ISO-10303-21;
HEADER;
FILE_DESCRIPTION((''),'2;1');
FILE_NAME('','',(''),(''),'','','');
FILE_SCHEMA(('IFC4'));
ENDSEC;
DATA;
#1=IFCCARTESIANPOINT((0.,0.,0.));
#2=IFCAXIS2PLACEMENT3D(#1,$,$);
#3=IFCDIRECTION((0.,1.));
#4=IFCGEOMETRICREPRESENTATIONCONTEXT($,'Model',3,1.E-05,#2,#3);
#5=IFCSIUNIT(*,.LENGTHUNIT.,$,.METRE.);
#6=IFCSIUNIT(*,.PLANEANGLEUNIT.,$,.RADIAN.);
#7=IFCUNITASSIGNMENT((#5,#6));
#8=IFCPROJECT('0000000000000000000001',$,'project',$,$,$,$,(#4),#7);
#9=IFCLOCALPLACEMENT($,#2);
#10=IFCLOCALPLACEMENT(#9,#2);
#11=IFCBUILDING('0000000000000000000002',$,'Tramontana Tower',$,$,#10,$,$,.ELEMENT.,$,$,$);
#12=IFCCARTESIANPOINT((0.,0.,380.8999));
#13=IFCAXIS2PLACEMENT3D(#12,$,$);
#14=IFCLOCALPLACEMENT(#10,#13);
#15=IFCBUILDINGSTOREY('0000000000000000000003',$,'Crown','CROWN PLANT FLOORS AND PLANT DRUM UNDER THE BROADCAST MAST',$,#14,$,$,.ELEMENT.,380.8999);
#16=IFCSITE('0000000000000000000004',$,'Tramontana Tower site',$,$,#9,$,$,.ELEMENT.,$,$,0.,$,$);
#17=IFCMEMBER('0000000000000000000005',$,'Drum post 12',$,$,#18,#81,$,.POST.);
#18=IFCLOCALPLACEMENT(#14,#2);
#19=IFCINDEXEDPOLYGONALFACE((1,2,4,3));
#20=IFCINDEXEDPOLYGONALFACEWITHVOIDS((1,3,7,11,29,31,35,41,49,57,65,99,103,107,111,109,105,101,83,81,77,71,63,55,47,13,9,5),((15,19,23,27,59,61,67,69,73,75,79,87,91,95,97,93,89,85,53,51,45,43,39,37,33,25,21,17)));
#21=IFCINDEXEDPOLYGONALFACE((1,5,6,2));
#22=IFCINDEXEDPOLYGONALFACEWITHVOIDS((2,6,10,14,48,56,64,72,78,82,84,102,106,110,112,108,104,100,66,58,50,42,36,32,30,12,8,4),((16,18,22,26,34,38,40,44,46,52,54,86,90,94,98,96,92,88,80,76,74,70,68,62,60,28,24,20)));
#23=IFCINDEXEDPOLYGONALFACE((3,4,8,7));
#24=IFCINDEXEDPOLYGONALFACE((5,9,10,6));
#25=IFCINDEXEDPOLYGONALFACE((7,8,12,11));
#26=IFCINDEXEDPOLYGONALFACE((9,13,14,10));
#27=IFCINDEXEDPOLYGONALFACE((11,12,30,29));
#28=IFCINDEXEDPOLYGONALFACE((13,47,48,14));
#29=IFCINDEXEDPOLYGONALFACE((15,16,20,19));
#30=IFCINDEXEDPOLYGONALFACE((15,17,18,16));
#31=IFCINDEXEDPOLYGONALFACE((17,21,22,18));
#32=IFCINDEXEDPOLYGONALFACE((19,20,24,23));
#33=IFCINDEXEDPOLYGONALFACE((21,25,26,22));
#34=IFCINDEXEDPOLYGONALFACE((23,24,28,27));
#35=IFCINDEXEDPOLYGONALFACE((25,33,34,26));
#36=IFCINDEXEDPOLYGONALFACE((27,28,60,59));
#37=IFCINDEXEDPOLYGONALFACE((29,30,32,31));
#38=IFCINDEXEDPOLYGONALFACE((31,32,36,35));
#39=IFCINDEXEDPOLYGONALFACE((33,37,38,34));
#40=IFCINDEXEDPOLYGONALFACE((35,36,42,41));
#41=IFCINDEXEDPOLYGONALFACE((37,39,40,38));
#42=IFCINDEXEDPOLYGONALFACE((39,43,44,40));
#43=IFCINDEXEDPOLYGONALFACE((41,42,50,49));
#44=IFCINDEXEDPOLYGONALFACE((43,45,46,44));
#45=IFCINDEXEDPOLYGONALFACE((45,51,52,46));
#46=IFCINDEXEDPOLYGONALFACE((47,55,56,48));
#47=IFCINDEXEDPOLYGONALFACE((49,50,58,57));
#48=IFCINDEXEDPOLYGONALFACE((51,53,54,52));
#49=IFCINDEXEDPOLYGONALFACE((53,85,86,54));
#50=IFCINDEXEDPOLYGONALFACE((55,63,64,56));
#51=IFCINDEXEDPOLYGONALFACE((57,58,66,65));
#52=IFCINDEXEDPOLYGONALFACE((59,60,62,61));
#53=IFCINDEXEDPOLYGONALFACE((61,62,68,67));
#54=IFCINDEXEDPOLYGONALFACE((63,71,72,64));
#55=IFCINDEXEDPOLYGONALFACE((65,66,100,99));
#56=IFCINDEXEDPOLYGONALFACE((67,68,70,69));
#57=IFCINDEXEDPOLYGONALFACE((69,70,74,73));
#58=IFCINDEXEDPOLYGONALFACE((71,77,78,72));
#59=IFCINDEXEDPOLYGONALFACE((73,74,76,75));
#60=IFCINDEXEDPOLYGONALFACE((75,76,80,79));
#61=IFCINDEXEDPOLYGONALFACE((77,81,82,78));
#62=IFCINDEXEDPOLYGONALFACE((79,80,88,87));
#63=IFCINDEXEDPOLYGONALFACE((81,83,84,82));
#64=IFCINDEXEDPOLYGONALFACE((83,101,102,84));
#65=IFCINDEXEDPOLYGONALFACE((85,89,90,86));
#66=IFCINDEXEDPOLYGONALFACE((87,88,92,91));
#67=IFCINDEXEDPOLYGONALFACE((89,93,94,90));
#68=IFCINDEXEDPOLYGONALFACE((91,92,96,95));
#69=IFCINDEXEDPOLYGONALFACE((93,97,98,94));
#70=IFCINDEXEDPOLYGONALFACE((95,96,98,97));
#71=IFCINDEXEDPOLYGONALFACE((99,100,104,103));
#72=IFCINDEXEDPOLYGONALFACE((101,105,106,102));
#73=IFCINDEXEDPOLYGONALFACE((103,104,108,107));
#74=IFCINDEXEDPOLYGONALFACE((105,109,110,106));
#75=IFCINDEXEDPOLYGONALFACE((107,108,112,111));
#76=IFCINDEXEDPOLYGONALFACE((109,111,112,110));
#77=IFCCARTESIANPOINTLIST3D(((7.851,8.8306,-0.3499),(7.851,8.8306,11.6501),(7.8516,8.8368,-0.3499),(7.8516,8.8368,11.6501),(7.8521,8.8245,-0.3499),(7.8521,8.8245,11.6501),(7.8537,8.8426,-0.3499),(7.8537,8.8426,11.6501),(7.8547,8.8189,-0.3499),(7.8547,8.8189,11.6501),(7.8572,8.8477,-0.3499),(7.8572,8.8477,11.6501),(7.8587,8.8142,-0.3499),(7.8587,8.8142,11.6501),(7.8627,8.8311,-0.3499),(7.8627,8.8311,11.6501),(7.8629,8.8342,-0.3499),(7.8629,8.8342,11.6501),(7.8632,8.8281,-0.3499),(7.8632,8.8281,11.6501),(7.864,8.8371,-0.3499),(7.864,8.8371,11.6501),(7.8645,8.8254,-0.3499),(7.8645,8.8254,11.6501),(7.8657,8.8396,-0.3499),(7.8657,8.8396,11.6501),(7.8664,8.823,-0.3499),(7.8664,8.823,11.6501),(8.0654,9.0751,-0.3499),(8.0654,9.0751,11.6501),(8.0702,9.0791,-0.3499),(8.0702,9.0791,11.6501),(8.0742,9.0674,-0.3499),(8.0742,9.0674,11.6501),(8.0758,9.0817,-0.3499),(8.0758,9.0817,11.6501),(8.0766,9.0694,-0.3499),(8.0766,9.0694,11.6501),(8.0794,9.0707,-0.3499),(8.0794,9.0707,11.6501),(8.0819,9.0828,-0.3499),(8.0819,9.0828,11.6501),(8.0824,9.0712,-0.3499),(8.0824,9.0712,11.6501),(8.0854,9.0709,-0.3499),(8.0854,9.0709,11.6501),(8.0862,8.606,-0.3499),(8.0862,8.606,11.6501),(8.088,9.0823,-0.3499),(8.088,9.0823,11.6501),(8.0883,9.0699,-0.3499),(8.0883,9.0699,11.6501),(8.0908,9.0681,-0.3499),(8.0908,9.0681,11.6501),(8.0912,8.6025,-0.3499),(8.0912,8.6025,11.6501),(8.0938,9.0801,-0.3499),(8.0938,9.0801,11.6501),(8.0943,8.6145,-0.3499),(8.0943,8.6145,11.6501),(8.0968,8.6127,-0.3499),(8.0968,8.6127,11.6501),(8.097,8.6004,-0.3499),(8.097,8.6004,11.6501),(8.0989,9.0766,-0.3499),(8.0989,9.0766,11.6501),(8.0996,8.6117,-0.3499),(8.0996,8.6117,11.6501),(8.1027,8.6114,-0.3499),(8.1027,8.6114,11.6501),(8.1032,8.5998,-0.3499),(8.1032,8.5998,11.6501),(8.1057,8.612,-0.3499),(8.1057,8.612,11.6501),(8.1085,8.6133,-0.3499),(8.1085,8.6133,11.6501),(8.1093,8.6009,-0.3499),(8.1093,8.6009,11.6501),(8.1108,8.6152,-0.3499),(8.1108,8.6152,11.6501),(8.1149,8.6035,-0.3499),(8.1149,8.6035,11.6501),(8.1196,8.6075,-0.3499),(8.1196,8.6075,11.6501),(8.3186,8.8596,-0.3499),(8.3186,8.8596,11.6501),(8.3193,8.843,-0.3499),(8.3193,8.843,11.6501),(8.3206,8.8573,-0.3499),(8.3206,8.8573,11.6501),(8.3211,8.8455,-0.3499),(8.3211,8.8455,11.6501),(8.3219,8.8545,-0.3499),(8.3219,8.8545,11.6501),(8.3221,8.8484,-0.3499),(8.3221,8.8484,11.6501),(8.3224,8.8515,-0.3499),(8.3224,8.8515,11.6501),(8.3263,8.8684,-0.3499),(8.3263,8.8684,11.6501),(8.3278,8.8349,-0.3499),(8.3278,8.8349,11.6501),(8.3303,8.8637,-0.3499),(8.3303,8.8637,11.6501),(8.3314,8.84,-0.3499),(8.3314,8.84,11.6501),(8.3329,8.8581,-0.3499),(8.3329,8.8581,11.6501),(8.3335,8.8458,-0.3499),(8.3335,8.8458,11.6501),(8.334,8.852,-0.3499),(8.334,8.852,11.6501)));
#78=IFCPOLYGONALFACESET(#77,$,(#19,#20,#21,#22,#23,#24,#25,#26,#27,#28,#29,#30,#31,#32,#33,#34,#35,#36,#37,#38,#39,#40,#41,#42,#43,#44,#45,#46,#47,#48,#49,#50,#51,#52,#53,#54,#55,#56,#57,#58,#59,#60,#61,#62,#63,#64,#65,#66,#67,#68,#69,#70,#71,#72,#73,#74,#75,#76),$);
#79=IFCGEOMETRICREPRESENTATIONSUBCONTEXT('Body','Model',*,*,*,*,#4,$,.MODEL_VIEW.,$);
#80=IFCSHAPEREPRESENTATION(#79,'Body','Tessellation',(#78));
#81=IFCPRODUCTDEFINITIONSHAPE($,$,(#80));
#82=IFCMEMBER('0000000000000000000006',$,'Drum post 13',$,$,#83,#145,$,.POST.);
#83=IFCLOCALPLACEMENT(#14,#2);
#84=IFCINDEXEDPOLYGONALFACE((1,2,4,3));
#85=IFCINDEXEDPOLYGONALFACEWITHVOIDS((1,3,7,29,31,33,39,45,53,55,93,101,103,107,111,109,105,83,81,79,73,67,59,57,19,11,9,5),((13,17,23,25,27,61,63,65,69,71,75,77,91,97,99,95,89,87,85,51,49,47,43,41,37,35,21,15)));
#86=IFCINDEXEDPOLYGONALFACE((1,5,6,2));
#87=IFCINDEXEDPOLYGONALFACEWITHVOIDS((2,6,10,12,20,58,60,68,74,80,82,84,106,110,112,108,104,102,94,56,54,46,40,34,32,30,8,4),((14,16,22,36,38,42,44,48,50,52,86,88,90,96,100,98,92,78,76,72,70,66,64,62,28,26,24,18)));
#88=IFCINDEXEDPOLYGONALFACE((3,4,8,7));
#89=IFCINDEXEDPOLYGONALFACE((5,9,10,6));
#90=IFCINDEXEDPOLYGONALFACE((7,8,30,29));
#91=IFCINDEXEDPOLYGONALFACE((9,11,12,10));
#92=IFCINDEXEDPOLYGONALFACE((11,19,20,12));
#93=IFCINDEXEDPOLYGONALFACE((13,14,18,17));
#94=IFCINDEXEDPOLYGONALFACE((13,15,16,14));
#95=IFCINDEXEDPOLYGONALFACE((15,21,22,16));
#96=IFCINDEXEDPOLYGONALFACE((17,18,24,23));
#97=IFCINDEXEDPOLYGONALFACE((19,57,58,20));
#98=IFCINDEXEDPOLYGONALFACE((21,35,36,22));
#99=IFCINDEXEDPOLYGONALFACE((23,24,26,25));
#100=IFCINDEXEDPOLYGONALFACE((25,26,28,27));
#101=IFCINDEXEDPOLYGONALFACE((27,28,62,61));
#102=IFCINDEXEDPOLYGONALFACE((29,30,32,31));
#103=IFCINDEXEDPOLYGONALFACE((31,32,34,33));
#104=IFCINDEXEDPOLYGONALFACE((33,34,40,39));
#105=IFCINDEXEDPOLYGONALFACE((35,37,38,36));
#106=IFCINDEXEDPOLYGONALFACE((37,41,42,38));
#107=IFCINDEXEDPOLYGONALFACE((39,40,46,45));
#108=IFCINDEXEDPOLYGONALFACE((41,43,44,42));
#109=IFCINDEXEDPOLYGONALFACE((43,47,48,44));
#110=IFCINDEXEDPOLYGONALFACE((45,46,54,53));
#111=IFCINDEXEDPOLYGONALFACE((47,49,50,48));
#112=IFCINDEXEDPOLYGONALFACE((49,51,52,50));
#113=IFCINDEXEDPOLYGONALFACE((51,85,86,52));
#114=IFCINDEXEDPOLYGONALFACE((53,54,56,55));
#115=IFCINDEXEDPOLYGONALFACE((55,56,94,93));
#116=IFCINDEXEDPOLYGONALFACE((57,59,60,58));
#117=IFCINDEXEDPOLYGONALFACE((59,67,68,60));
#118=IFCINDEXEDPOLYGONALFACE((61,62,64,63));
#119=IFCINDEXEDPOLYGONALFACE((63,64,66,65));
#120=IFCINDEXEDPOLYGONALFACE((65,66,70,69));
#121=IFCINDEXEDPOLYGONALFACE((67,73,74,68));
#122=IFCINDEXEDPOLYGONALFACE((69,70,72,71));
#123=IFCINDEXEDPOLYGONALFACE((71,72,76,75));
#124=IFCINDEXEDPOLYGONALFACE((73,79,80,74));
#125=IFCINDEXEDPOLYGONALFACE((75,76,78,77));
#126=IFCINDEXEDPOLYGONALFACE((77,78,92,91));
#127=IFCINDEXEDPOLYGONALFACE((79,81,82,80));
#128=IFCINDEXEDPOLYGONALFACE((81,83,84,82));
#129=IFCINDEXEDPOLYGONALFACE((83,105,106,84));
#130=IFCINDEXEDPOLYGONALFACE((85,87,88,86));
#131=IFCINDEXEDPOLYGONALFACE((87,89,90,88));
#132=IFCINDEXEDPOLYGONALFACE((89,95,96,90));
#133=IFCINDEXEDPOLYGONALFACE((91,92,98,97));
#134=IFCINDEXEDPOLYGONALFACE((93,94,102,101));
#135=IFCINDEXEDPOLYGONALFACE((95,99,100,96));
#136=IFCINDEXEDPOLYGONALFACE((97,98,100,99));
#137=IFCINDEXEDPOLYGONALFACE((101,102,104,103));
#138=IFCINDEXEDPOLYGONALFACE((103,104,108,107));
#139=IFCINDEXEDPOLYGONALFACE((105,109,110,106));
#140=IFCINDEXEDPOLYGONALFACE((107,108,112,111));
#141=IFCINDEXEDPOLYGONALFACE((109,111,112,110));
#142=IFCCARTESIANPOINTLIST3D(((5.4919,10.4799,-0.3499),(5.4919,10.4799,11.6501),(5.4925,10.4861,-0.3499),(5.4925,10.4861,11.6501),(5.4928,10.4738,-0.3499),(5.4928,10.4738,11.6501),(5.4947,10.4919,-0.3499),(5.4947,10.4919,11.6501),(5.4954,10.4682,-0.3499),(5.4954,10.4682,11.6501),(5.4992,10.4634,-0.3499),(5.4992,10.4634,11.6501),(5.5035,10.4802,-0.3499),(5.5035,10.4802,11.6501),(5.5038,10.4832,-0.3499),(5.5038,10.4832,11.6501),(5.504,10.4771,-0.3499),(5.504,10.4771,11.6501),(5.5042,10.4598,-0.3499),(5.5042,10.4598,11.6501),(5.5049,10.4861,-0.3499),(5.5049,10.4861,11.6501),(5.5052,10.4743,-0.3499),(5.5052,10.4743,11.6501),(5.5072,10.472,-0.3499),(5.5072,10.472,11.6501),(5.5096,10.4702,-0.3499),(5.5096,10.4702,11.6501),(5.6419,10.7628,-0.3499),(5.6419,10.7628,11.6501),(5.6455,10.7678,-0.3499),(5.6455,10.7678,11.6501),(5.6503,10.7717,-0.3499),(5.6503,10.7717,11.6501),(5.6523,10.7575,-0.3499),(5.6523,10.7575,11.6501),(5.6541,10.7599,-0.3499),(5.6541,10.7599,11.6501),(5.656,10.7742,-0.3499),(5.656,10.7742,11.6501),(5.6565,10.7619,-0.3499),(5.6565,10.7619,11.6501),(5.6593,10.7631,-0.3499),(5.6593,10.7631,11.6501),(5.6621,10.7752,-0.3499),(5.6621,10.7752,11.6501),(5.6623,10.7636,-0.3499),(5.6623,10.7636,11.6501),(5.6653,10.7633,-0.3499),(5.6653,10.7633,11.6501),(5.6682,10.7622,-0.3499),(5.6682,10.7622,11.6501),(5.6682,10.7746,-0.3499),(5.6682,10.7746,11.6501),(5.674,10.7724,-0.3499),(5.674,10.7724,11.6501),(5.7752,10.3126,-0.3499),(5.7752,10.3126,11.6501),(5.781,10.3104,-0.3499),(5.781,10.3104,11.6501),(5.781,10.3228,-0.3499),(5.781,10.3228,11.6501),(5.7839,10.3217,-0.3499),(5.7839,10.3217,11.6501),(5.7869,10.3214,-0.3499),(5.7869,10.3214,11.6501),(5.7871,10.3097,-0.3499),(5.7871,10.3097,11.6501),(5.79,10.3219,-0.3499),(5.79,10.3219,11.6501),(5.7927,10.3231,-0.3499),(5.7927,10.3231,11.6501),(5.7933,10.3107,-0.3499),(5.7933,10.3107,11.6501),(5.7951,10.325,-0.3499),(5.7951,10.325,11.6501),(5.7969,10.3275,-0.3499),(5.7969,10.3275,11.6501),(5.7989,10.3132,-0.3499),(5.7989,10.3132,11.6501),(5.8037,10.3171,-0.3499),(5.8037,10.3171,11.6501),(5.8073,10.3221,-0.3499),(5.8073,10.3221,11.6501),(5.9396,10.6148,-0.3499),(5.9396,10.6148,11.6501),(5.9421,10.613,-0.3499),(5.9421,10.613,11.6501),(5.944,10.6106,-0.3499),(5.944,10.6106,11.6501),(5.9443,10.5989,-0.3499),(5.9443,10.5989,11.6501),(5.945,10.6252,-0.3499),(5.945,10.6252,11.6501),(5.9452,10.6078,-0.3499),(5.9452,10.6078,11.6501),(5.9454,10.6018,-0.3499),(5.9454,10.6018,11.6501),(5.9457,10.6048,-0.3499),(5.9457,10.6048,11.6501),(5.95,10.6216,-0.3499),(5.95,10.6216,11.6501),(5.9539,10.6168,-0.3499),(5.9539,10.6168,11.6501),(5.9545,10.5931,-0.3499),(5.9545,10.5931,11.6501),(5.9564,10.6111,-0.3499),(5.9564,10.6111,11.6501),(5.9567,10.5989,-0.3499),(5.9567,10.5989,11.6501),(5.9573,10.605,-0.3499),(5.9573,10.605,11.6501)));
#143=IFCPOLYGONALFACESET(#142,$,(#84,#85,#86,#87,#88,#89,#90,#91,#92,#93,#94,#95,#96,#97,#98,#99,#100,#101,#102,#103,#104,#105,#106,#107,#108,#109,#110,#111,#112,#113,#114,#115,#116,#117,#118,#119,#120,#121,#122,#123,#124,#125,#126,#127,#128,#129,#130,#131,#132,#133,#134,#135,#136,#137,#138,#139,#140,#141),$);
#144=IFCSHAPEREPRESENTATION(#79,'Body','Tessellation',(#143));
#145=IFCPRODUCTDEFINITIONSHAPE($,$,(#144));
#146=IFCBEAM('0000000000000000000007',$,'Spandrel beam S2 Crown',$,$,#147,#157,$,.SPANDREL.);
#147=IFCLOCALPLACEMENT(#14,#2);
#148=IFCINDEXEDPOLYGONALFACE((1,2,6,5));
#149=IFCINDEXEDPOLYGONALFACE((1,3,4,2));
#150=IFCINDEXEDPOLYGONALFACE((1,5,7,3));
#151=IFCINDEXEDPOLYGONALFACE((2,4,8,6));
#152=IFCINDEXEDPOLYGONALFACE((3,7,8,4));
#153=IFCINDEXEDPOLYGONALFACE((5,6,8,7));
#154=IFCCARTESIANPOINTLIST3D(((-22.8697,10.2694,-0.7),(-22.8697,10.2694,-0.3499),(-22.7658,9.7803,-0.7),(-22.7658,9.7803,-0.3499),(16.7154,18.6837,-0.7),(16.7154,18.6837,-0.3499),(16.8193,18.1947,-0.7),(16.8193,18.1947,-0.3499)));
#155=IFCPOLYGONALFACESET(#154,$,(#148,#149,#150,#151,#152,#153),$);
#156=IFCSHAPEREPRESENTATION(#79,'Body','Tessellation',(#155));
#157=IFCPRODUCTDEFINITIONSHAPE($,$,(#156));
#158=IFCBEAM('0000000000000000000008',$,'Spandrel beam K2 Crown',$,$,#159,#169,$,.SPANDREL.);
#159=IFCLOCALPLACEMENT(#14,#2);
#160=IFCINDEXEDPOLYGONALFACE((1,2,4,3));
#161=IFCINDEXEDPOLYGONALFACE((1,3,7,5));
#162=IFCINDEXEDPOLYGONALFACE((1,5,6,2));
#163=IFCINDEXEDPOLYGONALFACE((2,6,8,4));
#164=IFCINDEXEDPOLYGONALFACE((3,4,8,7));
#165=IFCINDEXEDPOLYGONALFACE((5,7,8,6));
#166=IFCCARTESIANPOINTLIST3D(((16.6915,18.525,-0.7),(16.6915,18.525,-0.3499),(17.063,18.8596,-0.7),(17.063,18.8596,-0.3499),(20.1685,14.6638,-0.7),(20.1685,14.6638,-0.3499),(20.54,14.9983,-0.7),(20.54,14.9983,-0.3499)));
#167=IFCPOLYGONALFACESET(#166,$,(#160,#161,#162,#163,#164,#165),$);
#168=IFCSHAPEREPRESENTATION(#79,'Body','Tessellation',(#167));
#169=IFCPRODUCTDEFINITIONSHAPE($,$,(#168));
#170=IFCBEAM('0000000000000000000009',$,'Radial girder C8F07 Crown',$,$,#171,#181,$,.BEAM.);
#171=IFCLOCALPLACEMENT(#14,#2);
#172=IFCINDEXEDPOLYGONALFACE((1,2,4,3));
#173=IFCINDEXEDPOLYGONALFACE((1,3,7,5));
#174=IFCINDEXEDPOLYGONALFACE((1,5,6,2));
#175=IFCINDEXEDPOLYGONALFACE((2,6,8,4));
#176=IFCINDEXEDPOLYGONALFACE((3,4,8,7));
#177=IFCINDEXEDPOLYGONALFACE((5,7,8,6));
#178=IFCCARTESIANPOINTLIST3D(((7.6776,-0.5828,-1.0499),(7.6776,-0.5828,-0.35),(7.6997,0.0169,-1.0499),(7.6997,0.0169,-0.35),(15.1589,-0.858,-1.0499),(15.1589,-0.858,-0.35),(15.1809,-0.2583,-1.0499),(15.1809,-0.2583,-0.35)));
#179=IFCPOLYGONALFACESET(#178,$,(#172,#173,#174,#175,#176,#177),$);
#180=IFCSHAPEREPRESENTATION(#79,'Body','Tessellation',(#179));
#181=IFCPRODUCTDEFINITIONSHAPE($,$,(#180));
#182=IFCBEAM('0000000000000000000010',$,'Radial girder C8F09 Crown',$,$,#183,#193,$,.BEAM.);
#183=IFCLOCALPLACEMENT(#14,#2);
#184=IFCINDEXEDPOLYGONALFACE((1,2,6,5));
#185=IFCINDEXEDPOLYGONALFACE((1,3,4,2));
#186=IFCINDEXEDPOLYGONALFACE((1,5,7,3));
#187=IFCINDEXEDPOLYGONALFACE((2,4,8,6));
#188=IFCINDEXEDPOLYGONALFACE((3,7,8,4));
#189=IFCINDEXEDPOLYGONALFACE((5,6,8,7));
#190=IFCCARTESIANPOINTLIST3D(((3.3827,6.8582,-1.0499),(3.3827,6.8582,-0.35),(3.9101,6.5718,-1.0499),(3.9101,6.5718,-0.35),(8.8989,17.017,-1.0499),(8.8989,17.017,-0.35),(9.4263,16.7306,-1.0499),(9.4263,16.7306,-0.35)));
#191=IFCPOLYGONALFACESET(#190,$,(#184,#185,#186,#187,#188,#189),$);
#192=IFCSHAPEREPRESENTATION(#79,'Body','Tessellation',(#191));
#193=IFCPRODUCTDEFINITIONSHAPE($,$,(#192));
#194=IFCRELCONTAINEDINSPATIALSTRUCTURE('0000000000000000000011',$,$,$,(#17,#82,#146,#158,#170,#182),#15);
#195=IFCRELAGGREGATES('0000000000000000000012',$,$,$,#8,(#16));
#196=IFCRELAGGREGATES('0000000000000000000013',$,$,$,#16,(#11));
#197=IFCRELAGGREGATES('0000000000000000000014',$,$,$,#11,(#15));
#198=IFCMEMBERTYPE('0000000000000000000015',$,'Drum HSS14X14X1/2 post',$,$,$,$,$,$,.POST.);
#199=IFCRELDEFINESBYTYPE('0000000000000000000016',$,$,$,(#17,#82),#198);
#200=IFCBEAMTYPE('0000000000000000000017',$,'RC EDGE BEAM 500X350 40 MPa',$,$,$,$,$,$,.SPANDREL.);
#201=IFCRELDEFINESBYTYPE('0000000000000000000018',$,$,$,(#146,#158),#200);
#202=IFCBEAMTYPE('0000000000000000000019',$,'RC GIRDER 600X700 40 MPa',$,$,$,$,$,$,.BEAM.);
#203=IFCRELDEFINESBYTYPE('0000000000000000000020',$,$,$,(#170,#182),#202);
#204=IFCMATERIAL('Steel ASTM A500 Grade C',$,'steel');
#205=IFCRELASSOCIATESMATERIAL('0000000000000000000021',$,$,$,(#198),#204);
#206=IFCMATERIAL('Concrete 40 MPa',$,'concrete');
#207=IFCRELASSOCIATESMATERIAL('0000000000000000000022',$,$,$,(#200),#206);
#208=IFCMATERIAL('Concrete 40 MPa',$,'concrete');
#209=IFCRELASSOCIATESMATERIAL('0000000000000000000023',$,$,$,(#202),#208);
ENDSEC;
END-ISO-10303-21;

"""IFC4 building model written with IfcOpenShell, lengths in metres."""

from ifc_helpers import new_model, si_unit, direction, frame, origin, origin_2d, place, context, subcontext, project, spatial, rectangle, hollow_rectangle, extrude, material, material_profile, profile_set, type_object, element, save


model = new_model("IFC4")

# Units and contexts
model_context = context("Model", 3, precision=1e-05, world=origin(), true_north=direction((0.0, 1.0)))
body_context = subcontext(model_context, "Body", "Model", "MODEL_VIEW")
ifc_project = project(units=[si_unit("LENGTHUNIT", "METRE"), si_unit("PLANEANGLEUNIT", "RADIAN")], contexts=[model_context])

# Site, building, storey
site_placement = place(None, origin())
site = spatial("IfcSite", under=ifc_project, at=site_placement, Name="Tramontana Tower site", CompositionType="ELEMENT", RefElevation=0.0)
building_placement = place(site_placement, origin())
building = spatial("IfcBuilding", under=site, at=building_placement, Name="Tramontana Tower", CompositionType="ELEMENT")
storey_placement = place(building_placement, frame((0.0, 0.0, 380.8999)))
storey = spatial("IfcBuildingStorey", under=building, at=storey_placement, Name="Crown", Description="CROWN PLANT FLOORS AND PLANT DRUM UNDER THE BROADCAST MAST", CompositionType="ELEMENT", Elevation=380.8999)

# Members
ifc_material_1 = material(Name="Steel ASTM A500 Grade C", Category="steel")
ifc_material_profile_1 = material_profile(ifc_material_1, hollow_rectangle(XDim=0.3557, YDim=0.3557, WallThickness=0.0117, InnerFilletRadius=0.0117, OuterFilletRadius=0.0237, at=origin_2d()), Name="HSS14X14X1/2")
ifc_profile_set_1 = profile_set([ifc_material_profile_1], Name="Steel ASTM A500 Grade C")
member_type = type_object("IfcMemberType", Name="Drum HSS14X14X1/2 post", PredefinedType="POST", material=ifc_profile_set_1)
for number, where, z_axis, x_axis, name in (
    (1, (8.0925, 8.8413, -0.3499), (0.0, 0.0, 1.0), (0.675185, 0.737649, 0.0), "Drum post 12"),
    (2, (5.7246, 10.5425, -0.3499), (0.0, 0.0, 1.0), (0.4772, 0.878795, 0.0), "Drum post 13"),
):
    element("IfcMember", number, at=place(storey_placement, frame(where, z_axis=z_axis, x_axis=x_axis)), inside=storey, type_object=member_type, Name=name, PredefinedType="POST", context=body_context, shape_type="SweptSolid", body=[
        extrude(hollow_rectangle(XDim=0.3557, YDim=0.3557, WallThickness=0.0117, InnerFilletRadius=0.0117, OuterFilletRadius=0.0237, at=origin_2d()), origin(), (0.0, 0.0, 1.0), 12.0),
    ])

# Beams
ifc_material_2 = material(Name="Concrete 40 MPa", Category="concrete")
ifc_material_profile_2 = material_profile(ifc_material_2, rectangle(XDim=0.5, YDim=0.3501, at=origin_2d()), Name="RC EDGE BEAM 500X350 40 MPa")
ifc_profile_set_2 = profile_set([ifc_material_profile_2], Name="Concrete 40 MPa")
beam_type_1 = type_object("IfcBeamType", Name="RC EDGE BEAM 500X350 40 MPa", PredefinedType="SPANDREL", material=ifc_profile_set_2)
beam_1_placement = place(storey_placement, frame((16.7673, 18.4392, -0.5249), z_axis=(-0.978146, -0.207918, 0.0), x_axis=(0.207918, -0.978146, 0.0)))
element("IfcBeam", 3, at=beam_1_placement, inside=storey, type_object=beam_type_1, Name="Spandrel beam S2 Crown", PredefinedType="SPANDREL", context=body_context, shape_type="SweptSolid", body=[
    extrude(rectangle(XDim=0.5, YDim=0.3501, at=origin_2d()), origin(), (0.0, 0.0, 1.0), 40.4695),
])
beam_2_placement = place(storey_placement, frame((20.3542, 14.8311, -0.5249), z_axis=(-0.669162, 0.743117, 0.0), x_axis=(-0.743117, -0.669162, 0.0)))
element("IfcBeam", 4, at=beam_2_placement, inside=storey, type_object=beam_type_1, Name="Spandrel beam K2 Crown", PredefinedType="SPANDREL", context=body_context, shape_type="SweptSolid", body=[
    extrude(rectangle(XDim=0.5, YDim=0.3501, at=origin_2d()), origin(), (0.0, 0.0, 1.0), 5.196),
])
ifc_material_3 = material(Name="Concrete 40 MPa", Category="concrete")
ifc_material_profile_3 = material_profile(ifc_material_3, rectangle(XDim=0.6001, YDim=0.7, at=origin_2d()), Name="RC GIRDER 600X700 40 MPa")
ifc_profile_set_3 = profile_set([ifc_material_profile_3], Name="Concrete 40 MPa")
beam_type_2 = type_object("IfcBeamType", Name="RC GIRDER 600X700 40 MPa", PredefinedType="BEAM", material=ifc_profile_set_3)
beam_3_placement = place(storey_placement, frame((15.1699, -0.5581, -0.7), z_axis=(-0.999324, 0.036754, 0.0), x_axis=(-0.036754, -0.999324, 0.0)))
element("IfcBeam", 5, at=beam_3_placement, inside=storey, type_object=beam_type_2, Name="Radial girder C8F07 Crown", PredefinedType="BEAM", context=body_context, shape_type="SweptSolid", body=[
    extrude(rectangle(XDim=0.6001, YDim=0.7, at=origin_2d()), origin(), (0.0, 0.0, 1.0), 7.4863),
])
beam_4_placement = place(storey_placement, frame((9.1626, 16.8738, -0.7), z_axis=(-0.477185, -0.878803, 0.0), x_axis=(0.878803, -0.477185, 0.0)))
element("IfcBeam", 6, at=beam_4_placement, inside=storey, type_object=beam_type_2, Name="Radial girder C8F09 Crown", PredefinedType="BEAM", context=body_context, shape_type="SweptSolid", body=[
    extrude(rectangle(XDim=0.6001, YDim=0.7, at=origin_2d()), origin(), (0.0, 0.0, 1.0), 11.5598),
])

save(model, "model.ifc")
